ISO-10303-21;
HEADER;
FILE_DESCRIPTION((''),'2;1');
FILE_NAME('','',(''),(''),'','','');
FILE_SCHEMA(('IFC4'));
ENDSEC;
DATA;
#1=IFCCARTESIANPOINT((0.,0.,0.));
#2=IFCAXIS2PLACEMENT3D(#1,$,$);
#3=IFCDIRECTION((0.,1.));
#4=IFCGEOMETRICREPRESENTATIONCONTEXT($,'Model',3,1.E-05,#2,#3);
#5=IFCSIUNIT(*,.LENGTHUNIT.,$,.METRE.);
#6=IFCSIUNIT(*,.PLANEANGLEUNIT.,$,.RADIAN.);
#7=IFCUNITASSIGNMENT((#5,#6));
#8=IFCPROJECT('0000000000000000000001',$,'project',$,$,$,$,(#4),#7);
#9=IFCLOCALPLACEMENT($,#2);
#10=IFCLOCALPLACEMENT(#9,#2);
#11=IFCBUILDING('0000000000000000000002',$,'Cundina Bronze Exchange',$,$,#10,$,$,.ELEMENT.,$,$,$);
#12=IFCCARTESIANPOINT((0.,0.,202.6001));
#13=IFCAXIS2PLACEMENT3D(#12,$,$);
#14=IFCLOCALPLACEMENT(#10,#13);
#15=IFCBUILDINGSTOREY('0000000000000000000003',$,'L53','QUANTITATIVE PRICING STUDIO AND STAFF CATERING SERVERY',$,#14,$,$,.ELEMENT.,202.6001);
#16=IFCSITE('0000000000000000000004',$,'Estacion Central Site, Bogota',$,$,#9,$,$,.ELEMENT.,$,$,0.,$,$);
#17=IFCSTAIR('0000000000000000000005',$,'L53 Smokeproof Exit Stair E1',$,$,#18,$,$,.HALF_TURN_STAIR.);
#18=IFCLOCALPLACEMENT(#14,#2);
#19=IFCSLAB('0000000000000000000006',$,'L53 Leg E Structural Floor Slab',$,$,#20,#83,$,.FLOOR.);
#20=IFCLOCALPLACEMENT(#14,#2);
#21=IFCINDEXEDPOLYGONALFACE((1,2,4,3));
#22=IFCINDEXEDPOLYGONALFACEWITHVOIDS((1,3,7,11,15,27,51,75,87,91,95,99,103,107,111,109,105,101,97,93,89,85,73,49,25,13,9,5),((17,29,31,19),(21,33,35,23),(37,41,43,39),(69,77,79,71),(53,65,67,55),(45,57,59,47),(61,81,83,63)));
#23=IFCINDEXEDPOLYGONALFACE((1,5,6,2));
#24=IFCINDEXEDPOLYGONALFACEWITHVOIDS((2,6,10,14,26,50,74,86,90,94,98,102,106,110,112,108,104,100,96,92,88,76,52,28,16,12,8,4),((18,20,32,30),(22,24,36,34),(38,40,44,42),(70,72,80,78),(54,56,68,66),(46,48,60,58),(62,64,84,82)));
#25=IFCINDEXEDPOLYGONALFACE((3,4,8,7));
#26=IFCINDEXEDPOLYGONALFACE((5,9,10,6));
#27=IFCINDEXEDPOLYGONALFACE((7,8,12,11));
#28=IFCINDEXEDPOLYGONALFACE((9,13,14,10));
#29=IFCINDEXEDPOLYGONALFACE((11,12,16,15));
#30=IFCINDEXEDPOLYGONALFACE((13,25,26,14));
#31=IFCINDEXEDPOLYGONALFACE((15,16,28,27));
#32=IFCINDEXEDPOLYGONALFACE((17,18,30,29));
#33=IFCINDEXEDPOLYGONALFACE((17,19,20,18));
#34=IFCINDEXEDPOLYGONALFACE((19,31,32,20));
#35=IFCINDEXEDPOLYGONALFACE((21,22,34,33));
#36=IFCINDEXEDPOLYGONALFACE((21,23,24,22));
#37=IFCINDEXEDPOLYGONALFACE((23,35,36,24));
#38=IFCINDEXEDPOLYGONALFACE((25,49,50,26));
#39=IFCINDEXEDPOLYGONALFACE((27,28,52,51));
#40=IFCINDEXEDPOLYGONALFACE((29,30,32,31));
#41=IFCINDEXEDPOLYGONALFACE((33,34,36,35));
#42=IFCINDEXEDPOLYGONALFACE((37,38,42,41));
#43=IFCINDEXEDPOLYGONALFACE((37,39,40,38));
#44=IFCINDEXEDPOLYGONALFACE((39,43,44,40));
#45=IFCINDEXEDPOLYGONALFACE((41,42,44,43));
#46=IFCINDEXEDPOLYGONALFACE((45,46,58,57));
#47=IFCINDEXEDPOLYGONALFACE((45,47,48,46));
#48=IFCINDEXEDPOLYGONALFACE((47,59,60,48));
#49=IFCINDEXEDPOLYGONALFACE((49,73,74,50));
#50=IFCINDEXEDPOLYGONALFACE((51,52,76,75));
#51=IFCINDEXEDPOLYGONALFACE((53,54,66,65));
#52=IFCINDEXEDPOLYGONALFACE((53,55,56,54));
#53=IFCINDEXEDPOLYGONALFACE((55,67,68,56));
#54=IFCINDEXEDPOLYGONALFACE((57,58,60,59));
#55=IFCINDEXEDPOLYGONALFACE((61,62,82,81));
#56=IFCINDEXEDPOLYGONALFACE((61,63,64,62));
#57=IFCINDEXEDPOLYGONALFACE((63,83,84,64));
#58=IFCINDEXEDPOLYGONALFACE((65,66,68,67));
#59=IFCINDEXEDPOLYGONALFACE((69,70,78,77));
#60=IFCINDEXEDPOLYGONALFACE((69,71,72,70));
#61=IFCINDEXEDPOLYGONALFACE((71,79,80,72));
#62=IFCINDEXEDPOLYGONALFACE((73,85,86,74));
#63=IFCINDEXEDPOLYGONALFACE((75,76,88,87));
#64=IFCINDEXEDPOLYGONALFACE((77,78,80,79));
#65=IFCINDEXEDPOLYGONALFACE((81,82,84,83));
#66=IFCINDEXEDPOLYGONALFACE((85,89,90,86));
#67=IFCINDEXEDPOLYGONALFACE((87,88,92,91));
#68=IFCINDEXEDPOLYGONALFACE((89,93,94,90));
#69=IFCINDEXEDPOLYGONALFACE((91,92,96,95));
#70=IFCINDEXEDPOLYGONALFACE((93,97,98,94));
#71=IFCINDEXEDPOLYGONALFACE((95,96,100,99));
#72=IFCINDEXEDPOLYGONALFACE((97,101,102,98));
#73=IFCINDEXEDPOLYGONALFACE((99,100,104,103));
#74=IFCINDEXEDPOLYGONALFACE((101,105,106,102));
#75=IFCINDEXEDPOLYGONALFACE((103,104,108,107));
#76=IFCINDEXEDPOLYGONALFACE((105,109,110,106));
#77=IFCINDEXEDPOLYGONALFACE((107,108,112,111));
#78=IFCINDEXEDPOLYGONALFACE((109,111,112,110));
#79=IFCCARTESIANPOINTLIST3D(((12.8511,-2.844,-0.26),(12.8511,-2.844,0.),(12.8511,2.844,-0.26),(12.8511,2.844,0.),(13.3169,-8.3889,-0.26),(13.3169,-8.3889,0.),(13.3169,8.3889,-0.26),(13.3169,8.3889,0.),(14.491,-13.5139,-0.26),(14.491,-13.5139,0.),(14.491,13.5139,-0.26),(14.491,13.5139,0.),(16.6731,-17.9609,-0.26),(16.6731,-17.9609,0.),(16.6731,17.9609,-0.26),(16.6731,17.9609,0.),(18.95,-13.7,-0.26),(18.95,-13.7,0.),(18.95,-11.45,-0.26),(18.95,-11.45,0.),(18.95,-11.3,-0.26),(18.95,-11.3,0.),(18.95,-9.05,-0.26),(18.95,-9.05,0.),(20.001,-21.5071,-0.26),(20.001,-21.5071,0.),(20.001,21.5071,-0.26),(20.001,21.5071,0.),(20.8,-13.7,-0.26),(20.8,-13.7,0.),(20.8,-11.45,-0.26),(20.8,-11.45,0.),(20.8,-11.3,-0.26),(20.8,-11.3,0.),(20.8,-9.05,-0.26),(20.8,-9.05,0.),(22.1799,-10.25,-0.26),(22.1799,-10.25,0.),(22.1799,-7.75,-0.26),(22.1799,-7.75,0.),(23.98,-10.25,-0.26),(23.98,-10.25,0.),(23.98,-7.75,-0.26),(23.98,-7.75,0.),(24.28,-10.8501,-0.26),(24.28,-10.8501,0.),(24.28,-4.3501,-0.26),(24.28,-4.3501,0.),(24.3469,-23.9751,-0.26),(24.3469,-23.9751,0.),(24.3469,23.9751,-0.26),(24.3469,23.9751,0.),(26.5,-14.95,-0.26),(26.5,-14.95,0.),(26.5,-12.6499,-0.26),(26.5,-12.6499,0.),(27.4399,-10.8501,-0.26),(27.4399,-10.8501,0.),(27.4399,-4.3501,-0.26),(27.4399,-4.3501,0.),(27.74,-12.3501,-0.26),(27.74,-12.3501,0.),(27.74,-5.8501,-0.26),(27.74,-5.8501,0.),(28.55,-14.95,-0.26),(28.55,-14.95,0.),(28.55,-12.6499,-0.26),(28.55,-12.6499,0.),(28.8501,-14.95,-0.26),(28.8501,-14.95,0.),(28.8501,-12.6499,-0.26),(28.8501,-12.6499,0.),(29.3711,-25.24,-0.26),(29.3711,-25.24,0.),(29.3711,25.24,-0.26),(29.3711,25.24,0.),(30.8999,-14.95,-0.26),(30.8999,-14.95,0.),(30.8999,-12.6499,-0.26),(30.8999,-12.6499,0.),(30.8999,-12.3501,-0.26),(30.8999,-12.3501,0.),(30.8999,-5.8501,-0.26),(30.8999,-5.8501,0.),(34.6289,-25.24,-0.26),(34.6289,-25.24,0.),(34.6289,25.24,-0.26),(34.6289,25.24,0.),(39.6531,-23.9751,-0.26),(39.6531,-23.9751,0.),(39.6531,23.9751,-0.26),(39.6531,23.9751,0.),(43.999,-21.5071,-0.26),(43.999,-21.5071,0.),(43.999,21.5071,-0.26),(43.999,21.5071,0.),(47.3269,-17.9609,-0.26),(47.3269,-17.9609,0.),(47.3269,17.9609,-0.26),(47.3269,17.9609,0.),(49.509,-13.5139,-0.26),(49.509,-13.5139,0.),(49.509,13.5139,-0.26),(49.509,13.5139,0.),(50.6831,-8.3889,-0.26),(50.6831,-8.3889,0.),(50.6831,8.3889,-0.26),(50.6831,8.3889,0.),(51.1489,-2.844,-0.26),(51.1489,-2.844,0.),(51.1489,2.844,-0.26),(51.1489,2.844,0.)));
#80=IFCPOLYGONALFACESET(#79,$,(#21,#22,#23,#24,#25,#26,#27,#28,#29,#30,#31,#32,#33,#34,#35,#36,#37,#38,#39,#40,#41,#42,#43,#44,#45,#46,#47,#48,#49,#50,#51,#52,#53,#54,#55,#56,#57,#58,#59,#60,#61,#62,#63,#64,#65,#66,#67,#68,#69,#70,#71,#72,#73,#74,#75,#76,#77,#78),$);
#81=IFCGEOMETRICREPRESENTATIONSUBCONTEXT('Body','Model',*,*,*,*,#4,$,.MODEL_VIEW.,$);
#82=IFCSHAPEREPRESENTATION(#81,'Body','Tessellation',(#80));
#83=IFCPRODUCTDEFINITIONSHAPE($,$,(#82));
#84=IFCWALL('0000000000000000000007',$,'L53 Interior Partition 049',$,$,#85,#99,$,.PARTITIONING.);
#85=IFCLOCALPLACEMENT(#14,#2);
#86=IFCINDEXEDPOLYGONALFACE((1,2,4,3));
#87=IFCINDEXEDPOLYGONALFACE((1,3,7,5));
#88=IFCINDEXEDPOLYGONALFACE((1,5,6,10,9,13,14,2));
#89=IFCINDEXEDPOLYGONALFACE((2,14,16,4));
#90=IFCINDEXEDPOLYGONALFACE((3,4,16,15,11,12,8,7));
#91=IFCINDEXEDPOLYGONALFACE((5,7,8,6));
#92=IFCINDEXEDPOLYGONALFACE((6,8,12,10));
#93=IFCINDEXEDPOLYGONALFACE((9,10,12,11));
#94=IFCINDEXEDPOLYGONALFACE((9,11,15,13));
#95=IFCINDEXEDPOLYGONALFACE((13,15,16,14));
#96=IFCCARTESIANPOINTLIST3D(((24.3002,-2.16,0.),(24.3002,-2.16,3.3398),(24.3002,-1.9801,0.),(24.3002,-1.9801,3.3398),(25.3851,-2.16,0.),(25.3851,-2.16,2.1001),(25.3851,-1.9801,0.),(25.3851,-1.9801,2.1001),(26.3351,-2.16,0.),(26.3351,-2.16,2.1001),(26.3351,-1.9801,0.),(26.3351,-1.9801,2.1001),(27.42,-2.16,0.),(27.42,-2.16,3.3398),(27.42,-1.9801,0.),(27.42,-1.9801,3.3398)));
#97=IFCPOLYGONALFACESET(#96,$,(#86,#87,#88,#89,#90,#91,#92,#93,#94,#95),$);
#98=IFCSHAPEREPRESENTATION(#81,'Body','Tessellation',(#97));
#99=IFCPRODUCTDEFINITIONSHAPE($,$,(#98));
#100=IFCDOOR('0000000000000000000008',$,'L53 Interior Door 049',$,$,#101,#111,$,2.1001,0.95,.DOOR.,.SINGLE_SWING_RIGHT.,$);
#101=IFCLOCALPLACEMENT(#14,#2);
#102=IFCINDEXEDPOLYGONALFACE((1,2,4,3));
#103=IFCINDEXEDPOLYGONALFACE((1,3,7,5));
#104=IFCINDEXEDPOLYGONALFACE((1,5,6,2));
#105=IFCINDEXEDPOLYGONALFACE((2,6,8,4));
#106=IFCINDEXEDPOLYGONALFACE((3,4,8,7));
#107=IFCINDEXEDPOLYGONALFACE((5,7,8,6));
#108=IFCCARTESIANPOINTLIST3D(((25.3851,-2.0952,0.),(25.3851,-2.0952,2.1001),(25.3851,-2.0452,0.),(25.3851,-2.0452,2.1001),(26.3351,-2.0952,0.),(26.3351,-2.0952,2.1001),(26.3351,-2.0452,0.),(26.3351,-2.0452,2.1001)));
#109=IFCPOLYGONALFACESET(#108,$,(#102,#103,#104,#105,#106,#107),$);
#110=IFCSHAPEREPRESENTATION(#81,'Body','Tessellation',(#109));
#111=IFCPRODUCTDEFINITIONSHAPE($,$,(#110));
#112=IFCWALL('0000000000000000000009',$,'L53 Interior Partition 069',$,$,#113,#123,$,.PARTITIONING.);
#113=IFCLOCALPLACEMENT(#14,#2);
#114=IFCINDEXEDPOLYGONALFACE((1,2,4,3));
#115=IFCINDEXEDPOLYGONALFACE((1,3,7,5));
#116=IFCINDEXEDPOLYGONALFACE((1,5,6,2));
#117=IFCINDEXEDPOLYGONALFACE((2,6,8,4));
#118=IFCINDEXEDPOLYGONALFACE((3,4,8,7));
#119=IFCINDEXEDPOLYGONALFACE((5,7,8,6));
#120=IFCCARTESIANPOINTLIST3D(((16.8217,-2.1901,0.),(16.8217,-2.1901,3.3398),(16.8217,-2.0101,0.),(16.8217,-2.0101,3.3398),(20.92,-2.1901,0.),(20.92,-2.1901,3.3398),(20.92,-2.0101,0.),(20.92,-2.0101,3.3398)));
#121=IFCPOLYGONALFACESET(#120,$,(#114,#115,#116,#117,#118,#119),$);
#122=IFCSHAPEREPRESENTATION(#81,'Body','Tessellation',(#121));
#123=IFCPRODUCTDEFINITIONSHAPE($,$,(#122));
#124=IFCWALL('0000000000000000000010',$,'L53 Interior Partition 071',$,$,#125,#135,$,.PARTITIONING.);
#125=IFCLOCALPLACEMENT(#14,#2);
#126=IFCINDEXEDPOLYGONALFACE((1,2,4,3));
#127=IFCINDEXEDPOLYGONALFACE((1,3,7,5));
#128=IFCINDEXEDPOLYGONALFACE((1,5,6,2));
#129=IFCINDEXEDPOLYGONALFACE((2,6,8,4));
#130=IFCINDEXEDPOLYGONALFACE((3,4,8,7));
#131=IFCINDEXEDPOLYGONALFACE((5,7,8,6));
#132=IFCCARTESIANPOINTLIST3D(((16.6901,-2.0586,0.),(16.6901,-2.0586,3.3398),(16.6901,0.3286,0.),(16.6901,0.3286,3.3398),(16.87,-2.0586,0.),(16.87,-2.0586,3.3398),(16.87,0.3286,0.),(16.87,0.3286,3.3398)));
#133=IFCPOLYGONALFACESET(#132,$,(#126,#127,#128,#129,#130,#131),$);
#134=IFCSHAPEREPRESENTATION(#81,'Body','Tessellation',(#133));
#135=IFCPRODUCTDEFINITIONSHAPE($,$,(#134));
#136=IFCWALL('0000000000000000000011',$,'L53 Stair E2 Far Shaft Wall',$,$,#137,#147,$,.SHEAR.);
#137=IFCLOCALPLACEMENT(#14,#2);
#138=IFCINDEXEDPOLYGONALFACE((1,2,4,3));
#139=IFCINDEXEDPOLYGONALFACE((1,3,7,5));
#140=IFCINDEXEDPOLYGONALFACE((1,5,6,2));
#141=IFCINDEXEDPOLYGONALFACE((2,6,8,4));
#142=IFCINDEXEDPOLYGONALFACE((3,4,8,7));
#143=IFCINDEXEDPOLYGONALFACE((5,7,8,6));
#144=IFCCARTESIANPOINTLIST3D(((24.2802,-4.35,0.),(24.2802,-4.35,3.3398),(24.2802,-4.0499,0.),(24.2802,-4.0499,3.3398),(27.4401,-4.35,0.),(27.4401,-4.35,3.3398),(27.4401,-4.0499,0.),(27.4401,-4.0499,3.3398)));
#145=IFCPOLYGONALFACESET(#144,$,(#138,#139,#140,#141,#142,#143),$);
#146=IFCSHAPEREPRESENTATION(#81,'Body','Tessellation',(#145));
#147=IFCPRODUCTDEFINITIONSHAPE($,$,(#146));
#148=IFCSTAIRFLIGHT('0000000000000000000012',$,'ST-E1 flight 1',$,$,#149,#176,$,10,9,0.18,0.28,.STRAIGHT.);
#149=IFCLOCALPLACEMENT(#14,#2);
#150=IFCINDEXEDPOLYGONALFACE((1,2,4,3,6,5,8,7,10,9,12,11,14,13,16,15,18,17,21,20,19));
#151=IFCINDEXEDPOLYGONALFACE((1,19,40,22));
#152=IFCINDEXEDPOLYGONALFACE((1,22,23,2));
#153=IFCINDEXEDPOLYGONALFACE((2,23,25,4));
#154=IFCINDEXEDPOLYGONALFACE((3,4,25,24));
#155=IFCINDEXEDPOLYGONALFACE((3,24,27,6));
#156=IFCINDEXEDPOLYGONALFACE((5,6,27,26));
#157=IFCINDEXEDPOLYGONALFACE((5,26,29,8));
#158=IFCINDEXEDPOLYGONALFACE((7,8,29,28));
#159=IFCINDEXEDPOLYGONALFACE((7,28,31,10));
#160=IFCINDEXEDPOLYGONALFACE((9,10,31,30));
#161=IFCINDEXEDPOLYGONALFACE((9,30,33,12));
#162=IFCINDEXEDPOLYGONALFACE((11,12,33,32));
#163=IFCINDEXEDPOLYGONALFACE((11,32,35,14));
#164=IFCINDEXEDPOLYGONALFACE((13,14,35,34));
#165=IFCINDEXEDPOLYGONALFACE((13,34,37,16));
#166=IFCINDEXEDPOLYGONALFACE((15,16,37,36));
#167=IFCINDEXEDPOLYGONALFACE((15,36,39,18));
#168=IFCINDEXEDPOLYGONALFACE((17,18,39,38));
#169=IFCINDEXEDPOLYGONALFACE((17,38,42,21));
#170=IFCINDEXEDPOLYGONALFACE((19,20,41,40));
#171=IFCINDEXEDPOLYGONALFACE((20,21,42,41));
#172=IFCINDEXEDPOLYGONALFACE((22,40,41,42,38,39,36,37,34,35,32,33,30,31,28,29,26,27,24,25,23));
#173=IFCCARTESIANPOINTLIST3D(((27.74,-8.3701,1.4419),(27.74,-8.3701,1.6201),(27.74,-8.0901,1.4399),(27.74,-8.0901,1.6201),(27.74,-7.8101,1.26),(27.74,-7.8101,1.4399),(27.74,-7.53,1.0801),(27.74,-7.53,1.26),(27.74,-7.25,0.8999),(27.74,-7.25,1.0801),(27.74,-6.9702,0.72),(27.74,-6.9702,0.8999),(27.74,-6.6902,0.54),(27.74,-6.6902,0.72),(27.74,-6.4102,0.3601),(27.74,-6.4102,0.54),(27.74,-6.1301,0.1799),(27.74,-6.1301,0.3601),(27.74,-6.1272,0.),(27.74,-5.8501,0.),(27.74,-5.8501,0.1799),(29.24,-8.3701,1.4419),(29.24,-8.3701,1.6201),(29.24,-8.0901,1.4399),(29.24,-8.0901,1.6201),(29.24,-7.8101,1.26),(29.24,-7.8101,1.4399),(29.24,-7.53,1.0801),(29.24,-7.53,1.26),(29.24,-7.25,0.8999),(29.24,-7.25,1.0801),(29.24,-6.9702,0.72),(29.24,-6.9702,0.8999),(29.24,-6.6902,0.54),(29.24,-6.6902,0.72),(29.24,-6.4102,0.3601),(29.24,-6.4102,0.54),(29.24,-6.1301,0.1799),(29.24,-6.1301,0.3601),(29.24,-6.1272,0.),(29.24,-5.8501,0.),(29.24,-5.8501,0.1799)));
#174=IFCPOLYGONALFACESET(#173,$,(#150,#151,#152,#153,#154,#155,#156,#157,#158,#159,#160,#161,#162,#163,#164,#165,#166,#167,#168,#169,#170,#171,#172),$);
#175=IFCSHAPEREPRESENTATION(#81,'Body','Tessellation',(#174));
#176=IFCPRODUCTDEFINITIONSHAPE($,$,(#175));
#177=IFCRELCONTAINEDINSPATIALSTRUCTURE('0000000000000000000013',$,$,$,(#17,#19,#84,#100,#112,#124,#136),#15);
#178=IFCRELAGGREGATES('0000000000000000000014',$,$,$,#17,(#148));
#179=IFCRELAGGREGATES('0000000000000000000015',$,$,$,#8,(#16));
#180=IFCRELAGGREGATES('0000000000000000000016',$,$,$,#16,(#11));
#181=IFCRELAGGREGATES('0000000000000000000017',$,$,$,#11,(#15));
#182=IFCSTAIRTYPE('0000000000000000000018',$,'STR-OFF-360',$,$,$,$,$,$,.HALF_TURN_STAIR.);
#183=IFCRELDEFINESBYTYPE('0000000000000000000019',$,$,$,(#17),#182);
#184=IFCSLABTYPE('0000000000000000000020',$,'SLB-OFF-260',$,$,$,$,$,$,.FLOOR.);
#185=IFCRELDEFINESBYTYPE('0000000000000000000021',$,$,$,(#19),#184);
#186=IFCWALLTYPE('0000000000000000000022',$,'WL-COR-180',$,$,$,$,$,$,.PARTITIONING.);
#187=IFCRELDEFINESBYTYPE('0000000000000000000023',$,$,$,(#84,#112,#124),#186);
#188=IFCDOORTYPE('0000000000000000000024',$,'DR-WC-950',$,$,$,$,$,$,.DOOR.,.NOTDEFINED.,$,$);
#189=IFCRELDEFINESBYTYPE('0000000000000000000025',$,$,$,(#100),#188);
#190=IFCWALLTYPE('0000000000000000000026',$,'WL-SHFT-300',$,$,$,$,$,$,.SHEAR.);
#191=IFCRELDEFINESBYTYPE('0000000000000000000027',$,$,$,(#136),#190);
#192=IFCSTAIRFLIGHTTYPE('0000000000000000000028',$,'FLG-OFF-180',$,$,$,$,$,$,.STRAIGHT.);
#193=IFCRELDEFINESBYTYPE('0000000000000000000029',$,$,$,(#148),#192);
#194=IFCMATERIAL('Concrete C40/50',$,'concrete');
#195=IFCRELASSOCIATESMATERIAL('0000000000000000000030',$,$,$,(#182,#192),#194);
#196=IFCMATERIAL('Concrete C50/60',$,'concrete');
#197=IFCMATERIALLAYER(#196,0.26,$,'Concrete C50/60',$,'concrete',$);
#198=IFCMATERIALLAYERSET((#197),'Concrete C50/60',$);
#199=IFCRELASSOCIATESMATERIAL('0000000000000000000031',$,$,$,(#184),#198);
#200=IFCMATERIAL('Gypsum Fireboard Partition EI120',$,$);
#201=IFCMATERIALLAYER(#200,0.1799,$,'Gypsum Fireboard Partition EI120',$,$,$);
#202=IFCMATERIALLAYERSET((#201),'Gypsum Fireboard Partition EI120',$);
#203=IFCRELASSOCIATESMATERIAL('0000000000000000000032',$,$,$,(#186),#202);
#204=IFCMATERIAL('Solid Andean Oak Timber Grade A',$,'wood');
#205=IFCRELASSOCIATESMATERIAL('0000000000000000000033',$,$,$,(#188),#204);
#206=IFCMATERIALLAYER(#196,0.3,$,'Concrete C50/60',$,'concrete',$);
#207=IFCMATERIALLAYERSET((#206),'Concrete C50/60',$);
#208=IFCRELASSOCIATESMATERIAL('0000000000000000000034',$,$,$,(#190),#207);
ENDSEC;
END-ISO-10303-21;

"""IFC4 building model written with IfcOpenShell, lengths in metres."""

from ifc_helpers import new_model, si_unit, direction, frame, frame_2d, origin, place, context, subcontext, project, spatial, polyline, rectangle, outline, extrude, material, layer, layer_set, type_object, element, fill, aggregate, save


model = new_model("IFC4")

# Units and contexts
model_context = context("Model", 3, precision=1e-05, world=origin(), true_north=direction((0.0, 1.0)))
body_context = subcontext(model_context, "Body", "Model", "MODEL_VIEW")
ifc_project = project(units=[si_unit("LENGTHUNIT", "METRE"), si_unit("PLANEANGLEUNIT", "RADIAN")], contexts=[model_context])

# Site, building, storey
site_placement = place(None, origin())
site = spatial("IfcSite", under=ifc_project, at=site_placement, Name="Estacion Central Site, Bogota", CompositionType="ELEMENT", RefElevation=0.0)
building_placement = place(site_placement, origin())
building = spatial("IfcBuilding", under=site, at=building_placement, Name="Cundina Bronze Exchange", CompositionType="ELEMENT")
storey_placement = place(building_placement, frame((0.0, 0.0, 202.6001)))
storey = spatial("IfcBuildingStorey", under=building, at=storey_placement, Name="L53", Description="QUANTITATIVE PRICING STUDIO AND STAFF CATERING SERVERY", CompositionType="ELEMENT", Elevation=202.6001)

# Shared definitions
ifc_material_1 = material(Name="Concrete C50/60", Category="concrete")

# Stair
ifc_material_2 = material(Name="Concrete C40/50", Category="concrete")
stair_type = type_object("IfcStairType", Name="STR-OFF-360", PredefinedType="HALF_TURN_STAIR", material=ifc_material_2)
stair_1_placement = place(storey_placement, origin())
stair_1 = element("IfcStair", 1, at=stair_1_placement, inside=storey, type_object=stair_type, Name="L53 Smokeproof Exit Stair E1", PredefinedType="HALF_TURN_STAIR")

# Slab
ifc_layer_1 = layer(ifc_material_1, 0.26, Name="Concrete C50/60", Category="concrete")
ifc_layer_set_1 = layer_set([ifc_layer_1], Name="Concrete C50/60")
slab_type_1 = type_object("IfcSlabType", Name="SLB-OFF-260", PredefinedType="FLOOR", material=ifc_layer_set_1)
slab_1_placement = place(storey_placement, frame((0.0, 0.0, -0.26)))
element("IfcSlab", 2, at=slab_1_placement, inside=storey, type_object=slab_type_1, Name="L53 Leg E Structural Floor Slab", PredefinedType="FLOOR", context=body_context, shape_type="SweptSolid", body=[
    extrude(outline(polyline([(51.1489, 2.844), (50.6831, 8.3889), (49.509, 13.5139), (47.3269, 17.9609), (43.999, 21.5071), (39.6531, 23.9751), (34.6289, 25.24), (29.3711, 25.24), (24.3469, 23.9751), (20.001, 21.5071), (16.6731, 17.9609), (14.491, 13.5139), (13.3169, 8.3889), (12.8511, 2.844), (12.8511, -2.844), (13.3169, -8.3889), (14.491, -13.5139), (16.6731, -17.9609), (20.001, -21.5071), (24.3469, -23.9751), (29.3711, -25.24), (34.6289, -25.24), (39.6531, -23.9751), (43.999, -21.5071), (47.3269, -17.9609), (49.509, -13.5139), (50.6831, -8.3889), (51.1489, -2.844), (51.1489, 2.844)]), holes=[polyline([(27.74, -5.8501), (27.74, -12.3501), (30.8999, -12.3501), (30.8999, -5.8501), (27.74, -5.8501)]), polyline([(27.4399, -10.8501), (27.4399, -4.3501), (24.28, -4.3501), (24.28, -10.8501), (27.4399, -10.8501)]), polyline([(22.1799, -7.75), (23.98, -7.75), (23.98, -10.25), (22.1799, -10.25), (22.1799, -7.75)]), polyline([(28.8501, -12.6499), (30.8999, -12.6499), (30.8999, -14.95), (28.8501, -14.95), (28.8501, -12.6499)]), polyline([(26.5, -12.6499), (28.55, -12.6499), (28.55, -14.95), (26.5, -14.95), (26.5, -12.6499)]), polyline([(18.95, -11.45), (20.8, -11.45), (20.8, -13.7), (18.95, -13.7), (18.95, -11.45)]), polyline([(18.95, -9.05), (20.8, -9.05), (20.8, -11.3), (18.95, -11.3), (18.95, -9.05)])]), origin(), (0.0, 0.0, 1.0), 0.26),
])

# Wall, opening, door
ifc_material_3 = material(Name="Gypsum Fireboard Partition EI120")
ifc_layer_2 = layer(ifc_material_3, 0.1799, Name="Gypsum Fireboard Partition EI120")
ifc_layer_set_2 = layer_set([ifc_layer_2], Name="Gypsum Fireboard Partition EI120")
wall_type_1 = type_object("IfcWallType", Name="WL-COR-180", PredefinedType="PARTITIONING", material=ifc_layer_set_2)
wall_1_placement = place(storey_placement, frame((24.3, -2.0701, 0.0), z_axis=(0.0, 0.0, 1.0), x_axis=(1.0, 0.0, 0.0)))
wall_1 = element("IfcWall", 3, at=wall_1_placement, inside=storey, type_object=wall_type_1, Name="L53 Interior Partition 049", PredefinedType="PARTITIONING", context=body_context, shape_type="SweptSolid", body=[
    extrude(rectangle(XDim=3.1199, YDim=0.1799, at=frame_2d((1.5601, 0.0))), origin(), (0.0, 0.0, 1.0), 3.3398),
])
opening_1_placement = place(wall_1_placement, frame((1.085, 0.0, 0.0)))
opening_1 = element("IfcOpeningElement", 4, at=opening_1_placement, cuts=wall_1, PredefinedType="OPENING", context=body_context, shape_type="SweptSolid", body=[
    extrude(rectangle(XDim=0.95, YDim=2.1001, at=frame_2d((0.4751, 1.05))), frame((0.0, 0.0999, 0.0), z_axis=(0.0, -1.0, 0.0), x_axis=(1.0, 0.0, 0.0)), (0.0, 0.0, 1.0), 0.2),
])
ifc_material_4 = material(Name="Solid Andean Oak Timber Grade A", Category="wood")
door_type_1 = type_object("IfcDoorType", Name="DR-WC-950", OperationType="NOTDEFINED", PredefinedType="DOOR", material=ifc_material_4)
door_1_placement = place(opening_1_placement, origin())
door_1 = element("IfcDoor", 5, at=door_1_placement, inside=storey, type_object=door_type_1, Name="L53 Interior Door 049", OperationType="SINGLE_SWING_RIGHT", OverallHeight=2.1001, OverallWidth=0.95, PredefinedType="DOOR", context=body_context, shape_type="SweptSolid", body=[
    extrude(rectangle(XDim=0.95, YDim=2.1001, at=frame_2d((0.4751, 1.05))), frame((0.0, 0.0249, 0.0), z_axis=(0.0, -1.0, 0.0), x_axis=(1.0, 0.0, 0.0)), (0.0, 0.0, 1.0), 0.05),
])
fill(opening_1, door_1)

# Walls
wall_2_placement = place(storey_placement, frame((16.8215, -2.1001, 0.0), z_axis=(0.0, 0.0, 1.0), x_axis=(1.0, 0.0, 0.0)))
element("IfcWall", 6, at=wall_2_placement, inside=storey, type_object=wall_type_1, Name="L53 Interior Partition 069", PredefinedType="PARTITIONING", context=body_context, shape_type="SweptSolid", body=[
    extrude(rectangle(XDim=4.0984, YDim=0.1799, at=frame_2d((2.0493, 0.0))), origin(), (0.0, 0.0, 1.0), 3.3398),
])
wall_3_placement = place(storey_placement, frame((16.78, 0.3286, 0.0), z_axis=(0.0, 0.0, 1.0), x_axis=(0.0, -1.0, 0.0)))
element("IfcWall", 7, at=wall_3_placement, inside=storey, type_object=wall_type_1, Name="L53 Interior Partition 071", PredefinedType="PARTITIONING", context=body_context, shape_type="SweptSolid", body=[
    extrude(rectangle(XDim=2.3872, YDim=0.1799, at=frame_2d((1.1936, 0.0))), origin(), (0.0, 0.0, 1.0), 3.3398),
])

# Shared definitions
ifc_layer_3 = layer(ifc_material_1, 0.3, Name="Concrete C50/60", Category="concrete")
ifc_layer_set_3 = layer_set([ifc_layer_3], Name="Concrete C50/60")
wall_type_2 = type_object("IfcWallType", Name="WL-SHFT-300", PredefinedType="SHEAR", material=ifc_layer_set_3)

# Wall
wall_4_placement = place(storey_placement, frame((24.28, -4.2, 0.0), z_axis=(0.0, 0.0, 1.0), x_axis=(1.0, 0.0, 0.0)))
element("IfcWall", 8, at=wall_4_placement, inside=storey, type_object=wall_type_2, Name="L53 Stair E2 Far Shaft Wall", PredefinedType="SHEAR", context=body_context, shape_type="SweptSolid", body=[
    extrude(rectangle(XDim=3.1599, YDim=0.3, at=frame_2d((1.5801, 0.0))), origin(), (0.0, 0.0, 1.0), 3.3398),
])

# Stair flight
stair_flight_type = type_object("IfcStairFlightType", Name="FLG-OFF-180", PredefinedType="STRAIGHT", material=ifc_material_2)
stair_flight_placement = place(storey_placement, frame((28.49, -5.8501, 0.0), z_axis=(0.0, 0.0, 1.0), x_axis=(0.0, -1.0, 0.0)))
stair_flight = element("IfcStairFlight", 9, at=stair_flight_placement, type_object=stair_flight_type, Name="ST-E1 flight 1", NumberOfRisers=10, NumberOfTreads=9, PredefinedType="STRAIGHT", RiserHeight=0.18, TreadLength=0.28, context=body_context, shape_type="SweptSolid", body=[
    extrude(outline(polyline([(0.0, 0.0), (0.0, 0.1799), (0.28, 0.1799), (0.28, 0.3601), (0.5601, 0.3601), (0.5601, 0.54), (0.8401, 0.54), (0.8401, 0.72), (1.1201, 0.72), (1.1201, 0.8999), (1.3999, 0.8999), (1.3999, 1.0801), (1.6799, 1.0801), (1.6799, 1.26), (1.96, 1.26), (1.96, 1.4399), (2.24, 1.4399), (2.24, 1.6201), (2.52, 1.6201), (2.52, 1.8), (2.52, 1.4419), (0.2771, 0.0), (0.0, 0.0)])), frame((0.0, 0.75, 0.0), z_axis=(0.0, -1.0, 0.0), x_axis=(1.0, 0.0, 0.0)), (0.0, 0.0, 1.0), 1.5),
])
aggregate(stair_1, [stair_flight])

save(model, "model.ifc")
